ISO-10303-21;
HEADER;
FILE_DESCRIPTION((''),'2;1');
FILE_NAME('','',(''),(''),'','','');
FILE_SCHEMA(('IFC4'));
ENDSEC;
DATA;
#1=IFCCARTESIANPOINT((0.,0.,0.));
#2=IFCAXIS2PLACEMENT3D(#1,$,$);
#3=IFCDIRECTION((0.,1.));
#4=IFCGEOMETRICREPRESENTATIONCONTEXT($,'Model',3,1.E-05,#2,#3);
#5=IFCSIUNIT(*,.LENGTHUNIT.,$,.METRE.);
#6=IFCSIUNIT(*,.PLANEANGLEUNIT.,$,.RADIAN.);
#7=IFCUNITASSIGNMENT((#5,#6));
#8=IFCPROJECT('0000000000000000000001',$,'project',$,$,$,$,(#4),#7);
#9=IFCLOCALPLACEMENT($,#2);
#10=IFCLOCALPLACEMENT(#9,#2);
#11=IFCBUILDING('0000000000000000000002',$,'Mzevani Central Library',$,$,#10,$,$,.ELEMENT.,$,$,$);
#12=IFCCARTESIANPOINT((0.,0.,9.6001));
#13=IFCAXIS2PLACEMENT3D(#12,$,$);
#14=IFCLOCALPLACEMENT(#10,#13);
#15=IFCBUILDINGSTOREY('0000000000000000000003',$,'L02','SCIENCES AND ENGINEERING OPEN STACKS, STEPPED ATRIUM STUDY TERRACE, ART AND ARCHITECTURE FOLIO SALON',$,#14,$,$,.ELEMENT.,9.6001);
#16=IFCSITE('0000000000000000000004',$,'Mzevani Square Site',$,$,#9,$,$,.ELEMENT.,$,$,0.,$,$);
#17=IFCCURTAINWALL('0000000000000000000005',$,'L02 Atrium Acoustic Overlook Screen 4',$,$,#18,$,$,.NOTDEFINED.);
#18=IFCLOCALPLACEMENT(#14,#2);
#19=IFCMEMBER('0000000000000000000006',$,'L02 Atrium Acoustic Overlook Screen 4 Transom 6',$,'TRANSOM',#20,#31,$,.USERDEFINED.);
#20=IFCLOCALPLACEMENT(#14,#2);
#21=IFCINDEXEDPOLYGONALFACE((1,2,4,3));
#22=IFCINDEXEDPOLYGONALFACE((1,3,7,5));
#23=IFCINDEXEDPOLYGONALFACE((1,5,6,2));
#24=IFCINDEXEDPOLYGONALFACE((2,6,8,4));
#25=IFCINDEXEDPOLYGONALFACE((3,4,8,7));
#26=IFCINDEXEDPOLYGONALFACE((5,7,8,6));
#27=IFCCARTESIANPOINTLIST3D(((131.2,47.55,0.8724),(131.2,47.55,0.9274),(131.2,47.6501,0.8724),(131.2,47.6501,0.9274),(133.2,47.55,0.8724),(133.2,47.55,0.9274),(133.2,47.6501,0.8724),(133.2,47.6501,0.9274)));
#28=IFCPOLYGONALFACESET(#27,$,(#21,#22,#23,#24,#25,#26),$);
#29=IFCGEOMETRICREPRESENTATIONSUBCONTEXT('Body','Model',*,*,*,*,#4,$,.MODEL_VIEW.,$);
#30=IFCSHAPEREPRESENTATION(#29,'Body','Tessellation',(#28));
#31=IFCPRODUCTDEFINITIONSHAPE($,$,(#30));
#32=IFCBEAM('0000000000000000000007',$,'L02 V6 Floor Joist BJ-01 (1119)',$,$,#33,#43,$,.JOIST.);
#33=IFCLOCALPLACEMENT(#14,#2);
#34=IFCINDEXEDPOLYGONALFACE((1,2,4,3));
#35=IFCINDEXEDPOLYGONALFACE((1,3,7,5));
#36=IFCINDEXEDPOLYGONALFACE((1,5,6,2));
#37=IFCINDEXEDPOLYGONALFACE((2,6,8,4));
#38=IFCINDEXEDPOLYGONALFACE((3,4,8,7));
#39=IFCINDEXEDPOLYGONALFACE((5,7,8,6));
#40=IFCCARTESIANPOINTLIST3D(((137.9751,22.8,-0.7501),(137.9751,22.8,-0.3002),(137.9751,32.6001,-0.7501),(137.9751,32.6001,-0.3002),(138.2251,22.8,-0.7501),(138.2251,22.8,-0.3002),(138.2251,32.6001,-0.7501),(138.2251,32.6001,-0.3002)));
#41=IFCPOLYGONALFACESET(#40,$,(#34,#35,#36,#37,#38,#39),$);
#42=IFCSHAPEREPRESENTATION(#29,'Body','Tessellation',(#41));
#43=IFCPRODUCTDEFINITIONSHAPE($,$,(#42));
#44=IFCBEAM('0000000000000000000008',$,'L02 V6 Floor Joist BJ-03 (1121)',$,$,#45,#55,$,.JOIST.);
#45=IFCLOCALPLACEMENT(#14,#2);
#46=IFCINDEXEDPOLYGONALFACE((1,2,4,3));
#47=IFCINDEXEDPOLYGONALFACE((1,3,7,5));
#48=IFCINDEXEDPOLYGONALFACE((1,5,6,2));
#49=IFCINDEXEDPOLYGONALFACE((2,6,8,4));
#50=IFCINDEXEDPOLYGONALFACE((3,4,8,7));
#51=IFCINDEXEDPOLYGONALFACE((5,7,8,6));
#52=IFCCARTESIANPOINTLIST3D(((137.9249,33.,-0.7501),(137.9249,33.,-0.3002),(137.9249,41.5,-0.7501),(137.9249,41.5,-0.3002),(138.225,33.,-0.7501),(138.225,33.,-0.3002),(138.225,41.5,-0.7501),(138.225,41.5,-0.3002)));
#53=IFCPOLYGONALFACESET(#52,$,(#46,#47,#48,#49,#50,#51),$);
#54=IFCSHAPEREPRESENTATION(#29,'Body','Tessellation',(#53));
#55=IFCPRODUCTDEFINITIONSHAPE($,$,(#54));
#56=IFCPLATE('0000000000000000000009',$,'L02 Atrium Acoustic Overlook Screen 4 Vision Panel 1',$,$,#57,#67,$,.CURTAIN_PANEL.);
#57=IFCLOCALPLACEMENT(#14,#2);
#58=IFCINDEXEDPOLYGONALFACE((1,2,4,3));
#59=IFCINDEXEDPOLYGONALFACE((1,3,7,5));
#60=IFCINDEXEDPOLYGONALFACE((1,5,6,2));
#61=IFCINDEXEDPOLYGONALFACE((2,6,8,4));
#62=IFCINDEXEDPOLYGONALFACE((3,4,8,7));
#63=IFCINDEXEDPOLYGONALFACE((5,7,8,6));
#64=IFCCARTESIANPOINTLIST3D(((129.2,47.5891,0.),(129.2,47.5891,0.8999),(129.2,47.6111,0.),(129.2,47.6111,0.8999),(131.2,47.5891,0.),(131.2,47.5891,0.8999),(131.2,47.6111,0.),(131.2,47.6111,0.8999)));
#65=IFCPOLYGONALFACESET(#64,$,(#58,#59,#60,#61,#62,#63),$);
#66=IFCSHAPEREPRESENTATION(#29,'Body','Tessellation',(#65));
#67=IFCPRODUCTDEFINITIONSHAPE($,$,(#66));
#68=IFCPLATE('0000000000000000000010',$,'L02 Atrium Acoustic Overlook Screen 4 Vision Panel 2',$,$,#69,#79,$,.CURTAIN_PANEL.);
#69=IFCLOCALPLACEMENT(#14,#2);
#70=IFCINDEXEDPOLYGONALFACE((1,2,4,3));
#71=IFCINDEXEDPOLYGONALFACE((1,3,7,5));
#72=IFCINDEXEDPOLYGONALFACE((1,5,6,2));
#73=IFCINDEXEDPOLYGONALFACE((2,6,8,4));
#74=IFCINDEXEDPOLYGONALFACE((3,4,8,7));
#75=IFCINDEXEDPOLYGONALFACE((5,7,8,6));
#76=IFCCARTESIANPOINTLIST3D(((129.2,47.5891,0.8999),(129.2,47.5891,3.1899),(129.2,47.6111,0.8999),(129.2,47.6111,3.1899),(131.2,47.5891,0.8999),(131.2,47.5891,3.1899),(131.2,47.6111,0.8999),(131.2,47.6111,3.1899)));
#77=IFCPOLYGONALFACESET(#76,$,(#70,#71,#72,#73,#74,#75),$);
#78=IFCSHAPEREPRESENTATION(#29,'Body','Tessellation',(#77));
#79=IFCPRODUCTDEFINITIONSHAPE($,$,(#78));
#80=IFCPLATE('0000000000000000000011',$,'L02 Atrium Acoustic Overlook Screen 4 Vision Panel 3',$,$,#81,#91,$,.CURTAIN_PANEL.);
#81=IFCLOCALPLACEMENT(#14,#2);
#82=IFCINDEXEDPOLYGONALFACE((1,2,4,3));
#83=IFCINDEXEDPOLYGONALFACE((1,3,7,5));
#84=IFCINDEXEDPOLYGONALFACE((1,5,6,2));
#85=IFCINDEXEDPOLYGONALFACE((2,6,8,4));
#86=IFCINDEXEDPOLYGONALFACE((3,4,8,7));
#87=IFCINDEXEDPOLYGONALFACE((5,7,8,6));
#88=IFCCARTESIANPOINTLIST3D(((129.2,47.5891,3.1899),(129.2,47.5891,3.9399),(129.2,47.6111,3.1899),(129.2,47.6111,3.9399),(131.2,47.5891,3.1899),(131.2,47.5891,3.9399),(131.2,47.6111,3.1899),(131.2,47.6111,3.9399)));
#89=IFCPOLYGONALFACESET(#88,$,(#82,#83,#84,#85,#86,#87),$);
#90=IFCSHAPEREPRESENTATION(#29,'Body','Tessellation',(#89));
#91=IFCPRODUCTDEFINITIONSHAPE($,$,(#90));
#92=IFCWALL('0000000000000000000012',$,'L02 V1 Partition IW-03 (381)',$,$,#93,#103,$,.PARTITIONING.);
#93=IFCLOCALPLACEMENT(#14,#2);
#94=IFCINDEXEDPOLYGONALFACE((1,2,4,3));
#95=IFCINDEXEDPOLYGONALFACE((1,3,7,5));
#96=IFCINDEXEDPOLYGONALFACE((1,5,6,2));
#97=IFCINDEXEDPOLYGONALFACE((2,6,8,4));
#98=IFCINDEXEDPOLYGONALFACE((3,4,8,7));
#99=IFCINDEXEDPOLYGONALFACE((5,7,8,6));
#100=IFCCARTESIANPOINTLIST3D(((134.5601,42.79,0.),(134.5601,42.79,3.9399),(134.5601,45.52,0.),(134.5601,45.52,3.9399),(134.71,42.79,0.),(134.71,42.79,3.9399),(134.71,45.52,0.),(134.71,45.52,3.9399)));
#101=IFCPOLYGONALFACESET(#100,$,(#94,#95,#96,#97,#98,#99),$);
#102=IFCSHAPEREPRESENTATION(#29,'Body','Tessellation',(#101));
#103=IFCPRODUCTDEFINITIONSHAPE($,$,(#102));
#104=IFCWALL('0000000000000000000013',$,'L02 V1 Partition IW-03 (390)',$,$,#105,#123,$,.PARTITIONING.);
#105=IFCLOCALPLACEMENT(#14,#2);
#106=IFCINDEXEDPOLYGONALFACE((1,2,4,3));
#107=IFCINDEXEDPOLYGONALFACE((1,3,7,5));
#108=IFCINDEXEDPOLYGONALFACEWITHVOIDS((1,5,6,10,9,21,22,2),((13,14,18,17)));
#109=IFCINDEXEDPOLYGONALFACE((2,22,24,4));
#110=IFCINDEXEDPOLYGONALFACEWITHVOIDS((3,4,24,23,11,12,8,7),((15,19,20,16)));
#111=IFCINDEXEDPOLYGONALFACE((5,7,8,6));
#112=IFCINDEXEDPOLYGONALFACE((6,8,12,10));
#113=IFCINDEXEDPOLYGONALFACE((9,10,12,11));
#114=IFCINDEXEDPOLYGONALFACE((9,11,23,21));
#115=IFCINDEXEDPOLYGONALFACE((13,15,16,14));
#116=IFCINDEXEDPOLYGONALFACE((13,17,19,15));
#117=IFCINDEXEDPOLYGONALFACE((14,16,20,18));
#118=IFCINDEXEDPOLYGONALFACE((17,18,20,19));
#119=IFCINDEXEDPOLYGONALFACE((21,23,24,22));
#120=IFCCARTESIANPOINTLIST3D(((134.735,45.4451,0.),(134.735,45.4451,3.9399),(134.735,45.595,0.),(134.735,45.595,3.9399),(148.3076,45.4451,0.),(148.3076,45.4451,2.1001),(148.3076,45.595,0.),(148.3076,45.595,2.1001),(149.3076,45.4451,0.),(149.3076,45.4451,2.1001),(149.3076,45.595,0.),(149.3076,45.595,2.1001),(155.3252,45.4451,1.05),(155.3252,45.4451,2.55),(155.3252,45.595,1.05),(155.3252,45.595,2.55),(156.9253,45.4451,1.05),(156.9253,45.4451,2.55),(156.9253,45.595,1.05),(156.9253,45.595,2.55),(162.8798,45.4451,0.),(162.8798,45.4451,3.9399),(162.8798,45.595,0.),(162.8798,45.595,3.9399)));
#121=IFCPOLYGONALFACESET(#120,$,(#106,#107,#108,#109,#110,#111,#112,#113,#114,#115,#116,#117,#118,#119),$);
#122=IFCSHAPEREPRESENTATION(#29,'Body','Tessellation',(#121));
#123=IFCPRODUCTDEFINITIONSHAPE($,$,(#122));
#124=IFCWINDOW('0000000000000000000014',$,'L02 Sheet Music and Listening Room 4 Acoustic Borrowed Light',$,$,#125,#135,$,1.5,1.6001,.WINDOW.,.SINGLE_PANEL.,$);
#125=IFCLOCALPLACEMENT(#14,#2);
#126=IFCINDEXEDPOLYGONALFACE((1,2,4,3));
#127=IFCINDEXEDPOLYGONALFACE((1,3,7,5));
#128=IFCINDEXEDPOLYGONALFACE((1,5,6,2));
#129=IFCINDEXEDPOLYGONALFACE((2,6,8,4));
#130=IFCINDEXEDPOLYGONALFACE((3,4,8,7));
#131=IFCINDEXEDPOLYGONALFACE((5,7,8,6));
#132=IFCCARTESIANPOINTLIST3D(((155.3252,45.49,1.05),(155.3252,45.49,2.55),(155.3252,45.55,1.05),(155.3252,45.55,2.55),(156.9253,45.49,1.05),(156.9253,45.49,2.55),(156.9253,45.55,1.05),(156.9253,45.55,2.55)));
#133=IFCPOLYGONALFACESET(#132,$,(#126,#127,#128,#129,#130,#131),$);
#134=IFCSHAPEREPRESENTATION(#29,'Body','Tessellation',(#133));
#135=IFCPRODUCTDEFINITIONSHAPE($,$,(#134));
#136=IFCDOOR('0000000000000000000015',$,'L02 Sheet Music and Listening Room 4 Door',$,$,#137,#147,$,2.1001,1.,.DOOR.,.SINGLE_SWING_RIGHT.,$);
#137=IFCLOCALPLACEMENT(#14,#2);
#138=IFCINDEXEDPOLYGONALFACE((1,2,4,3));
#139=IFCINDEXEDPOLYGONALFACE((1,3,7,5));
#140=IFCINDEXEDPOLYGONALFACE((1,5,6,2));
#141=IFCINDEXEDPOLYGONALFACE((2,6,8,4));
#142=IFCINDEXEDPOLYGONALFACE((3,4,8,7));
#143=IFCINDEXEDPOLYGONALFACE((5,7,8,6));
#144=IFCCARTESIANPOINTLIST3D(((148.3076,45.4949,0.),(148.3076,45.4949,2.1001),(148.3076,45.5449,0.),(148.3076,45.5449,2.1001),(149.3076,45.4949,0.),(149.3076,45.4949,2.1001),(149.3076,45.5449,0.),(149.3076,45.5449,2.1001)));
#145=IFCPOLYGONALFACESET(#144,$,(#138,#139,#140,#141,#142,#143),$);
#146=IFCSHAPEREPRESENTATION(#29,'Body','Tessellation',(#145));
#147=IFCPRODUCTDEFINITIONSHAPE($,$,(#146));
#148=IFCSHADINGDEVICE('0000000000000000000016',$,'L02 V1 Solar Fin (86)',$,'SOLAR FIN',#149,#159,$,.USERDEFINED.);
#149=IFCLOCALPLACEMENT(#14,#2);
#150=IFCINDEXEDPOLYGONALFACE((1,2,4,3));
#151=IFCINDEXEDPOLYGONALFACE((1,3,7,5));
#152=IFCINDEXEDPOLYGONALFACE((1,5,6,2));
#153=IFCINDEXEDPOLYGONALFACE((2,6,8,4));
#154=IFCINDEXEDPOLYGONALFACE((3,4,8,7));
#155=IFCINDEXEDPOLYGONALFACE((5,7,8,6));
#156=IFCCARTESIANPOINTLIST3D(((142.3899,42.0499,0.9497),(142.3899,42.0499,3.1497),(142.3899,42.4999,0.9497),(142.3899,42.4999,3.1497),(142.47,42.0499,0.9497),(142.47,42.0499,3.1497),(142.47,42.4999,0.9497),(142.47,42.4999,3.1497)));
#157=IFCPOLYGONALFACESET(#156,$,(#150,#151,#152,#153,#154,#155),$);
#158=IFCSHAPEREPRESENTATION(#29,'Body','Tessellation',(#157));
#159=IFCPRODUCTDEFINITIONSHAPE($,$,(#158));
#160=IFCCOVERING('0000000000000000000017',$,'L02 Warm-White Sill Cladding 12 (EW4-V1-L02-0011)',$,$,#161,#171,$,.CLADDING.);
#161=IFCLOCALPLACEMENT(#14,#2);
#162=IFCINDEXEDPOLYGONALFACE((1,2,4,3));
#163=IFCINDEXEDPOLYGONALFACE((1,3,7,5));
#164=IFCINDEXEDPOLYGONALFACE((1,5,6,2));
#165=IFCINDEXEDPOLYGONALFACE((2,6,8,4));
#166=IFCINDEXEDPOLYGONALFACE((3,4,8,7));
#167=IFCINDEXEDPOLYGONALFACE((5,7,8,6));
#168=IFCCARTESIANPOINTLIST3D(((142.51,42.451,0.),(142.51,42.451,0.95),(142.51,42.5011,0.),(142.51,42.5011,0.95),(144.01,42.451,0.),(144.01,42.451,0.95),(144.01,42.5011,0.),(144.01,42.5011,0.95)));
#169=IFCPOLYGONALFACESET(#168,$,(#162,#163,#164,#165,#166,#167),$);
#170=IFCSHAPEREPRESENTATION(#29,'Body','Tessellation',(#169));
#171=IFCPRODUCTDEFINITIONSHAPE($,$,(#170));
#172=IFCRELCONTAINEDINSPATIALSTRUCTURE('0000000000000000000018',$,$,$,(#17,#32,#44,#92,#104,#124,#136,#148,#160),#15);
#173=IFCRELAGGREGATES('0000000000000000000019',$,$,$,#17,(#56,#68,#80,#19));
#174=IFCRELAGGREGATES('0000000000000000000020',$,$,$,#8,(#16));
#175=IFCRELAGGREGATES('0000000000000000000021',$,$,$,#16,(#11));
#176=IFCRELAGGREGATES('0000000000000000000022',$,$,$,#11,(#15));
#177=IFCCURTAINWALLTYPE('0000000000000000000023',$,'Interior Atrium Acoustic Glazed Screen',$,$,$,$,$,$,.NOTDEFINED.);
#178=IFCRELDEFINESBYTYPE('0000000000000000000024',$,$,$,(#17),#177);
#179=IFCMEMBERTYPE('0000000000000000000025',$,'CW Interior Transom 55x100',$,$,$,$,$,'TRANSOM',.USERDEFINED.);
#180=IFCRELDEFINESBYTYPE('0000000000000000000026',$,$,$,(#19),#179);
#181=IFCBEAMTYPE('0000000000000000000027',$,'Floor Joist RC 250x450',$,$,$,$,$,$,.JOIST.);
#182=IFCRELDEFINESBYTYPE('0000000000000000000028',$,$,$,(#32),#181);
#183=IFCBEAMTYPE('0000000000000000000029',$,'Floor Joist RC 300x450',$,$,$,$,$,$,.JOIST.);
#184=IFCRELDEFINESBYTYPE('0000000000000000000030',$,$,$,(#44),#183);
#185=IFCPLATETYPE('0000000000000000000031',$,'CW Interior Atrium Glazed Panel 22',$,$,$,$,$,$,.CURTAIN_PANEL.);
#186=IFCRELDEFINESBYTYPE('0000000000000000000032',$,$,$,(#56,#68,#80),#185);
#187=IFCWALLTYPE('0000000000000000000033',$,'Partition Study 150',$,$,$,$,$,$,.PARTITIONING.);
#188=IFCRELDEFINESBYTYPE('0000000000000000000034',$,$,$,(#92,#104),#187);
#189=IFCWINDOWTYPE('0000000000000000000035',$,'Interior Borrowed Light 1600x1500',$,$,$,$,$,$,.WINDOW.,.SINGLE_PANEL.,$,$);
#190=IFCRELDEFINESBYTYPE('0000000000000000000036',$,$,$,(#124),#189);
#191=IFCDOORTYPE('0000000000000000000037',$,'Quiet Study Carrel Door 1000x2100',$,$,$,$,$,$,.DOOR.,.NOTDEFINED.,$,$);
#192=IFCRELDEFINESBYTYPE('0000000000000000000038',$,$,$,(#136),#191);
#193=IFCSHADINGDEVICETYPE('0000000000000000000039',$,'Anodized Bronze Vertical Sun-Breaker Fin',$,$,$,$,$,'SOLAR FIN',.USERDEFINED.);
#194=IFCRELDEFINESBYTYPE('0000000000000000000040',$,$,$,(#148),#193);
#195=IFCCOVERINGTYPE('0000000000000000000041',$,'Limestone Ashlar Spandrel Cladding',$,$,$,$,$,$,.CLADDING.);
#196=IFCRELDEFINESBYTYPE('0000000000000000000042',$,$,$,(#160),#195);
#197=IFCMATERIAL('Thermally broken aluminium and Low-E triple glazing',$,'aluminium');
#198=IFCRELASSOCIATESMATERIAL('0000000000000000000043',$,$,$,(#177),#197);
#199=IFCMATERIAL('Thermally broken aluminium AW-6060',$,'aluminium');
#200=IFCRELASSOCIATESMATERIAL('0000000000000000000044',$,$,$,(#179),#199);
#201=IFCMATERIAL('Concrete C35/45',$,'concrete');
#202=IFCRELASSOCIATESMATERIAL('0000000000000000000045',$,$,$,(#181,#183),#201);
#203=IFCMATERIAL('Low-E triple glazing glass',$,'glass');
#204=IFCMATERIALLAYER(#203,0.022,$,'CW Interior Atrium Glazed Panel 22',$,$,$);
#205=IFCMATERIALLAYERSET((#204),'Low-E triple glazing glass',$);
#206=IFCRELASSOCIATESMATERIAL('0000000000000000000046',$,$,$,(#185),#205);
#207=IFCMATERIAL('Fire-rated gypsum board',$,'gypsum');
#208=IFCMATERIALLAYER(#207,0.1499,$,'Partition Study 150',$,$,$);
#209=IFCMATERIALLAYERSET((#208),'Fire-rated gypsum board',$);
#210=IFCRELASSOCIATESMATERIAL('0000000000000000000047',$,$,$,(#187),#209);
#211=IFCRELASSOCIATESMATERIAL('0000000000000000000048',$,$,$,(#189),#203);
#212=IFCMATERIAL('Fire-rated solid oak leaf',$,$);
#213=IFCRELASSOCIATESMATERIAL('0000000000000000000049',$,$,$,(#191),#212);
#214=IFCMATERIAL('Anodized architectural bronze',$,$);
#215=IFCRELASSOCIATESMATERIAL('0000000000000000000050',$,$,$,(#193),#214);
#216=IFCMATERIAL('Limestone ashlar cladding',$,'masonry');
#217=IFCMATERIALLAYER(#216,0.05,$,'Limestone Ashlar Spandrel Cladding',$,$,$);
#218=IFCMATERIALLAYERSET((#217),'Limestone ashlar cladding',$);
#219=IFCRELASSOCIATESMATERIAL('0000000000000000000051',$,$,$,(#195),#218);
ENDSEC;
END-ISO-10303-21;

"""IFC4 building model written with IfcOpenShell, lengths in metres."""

from ifc_helpers import new_model, si_unit, direction, frame, frame_2d, origin, origin_2d, place, context, subcontext, project, spatial, rectangle, extrude, material, layer, layer_set, material_profile, profile_set, type_object, element, fill, aggregate, save


model = new_model("IFC4")

# Units and contexts
model_context = context("Model", 3, precision=1e-05, world=origin(), true_north=direction((0.0, 1.0)))
body_context = subcontext(model_context, "Body", "Model", "MODEL_VIEW")
ifc_project = project(units=[si_unit("LENGTHUNIT", "METRE"), si_unit("PLANEANGLEUNIT", "RADIAN")], contexts=[model_context])

# Site, building, storey
site_placement = place(None, origin())
site = spatial("IfcSite", under=ifc_project, at=site_placement, Name="Mzevani Square Site", CompositionType="ELEMENT", RefElevation=0.0)
building_placement = place(site_placement, origin())
building = spatial("IfcBuilding", under=site, at=building_placement, Name="Mzevani Central Library", CompositionType="ELEMENT")
storey_placement = place(building_placement, frame((0.0, 0.0, 9.6001)))
storey = spatial("IfcBuildingStorey", under=building, at=storey_placement, Name="L02", Description="SCIENCES AND ENGINEERING OPEN STACKS, STEPPED ATRIUM STUDY TERRACE, ART AND ARCHITECTURE FOLIO SALON", CompositionType="ELEMENT", Elevation=9.6001)

# Shared definitions
ifc_material_1 = material(Name="Concrete C35/45", Category="concrete")

# Curtain wall, member
ifc_material_2 = material(Name="Thermally broken aluminium and Low-E triple glazing", Category="aluminium")
curtain_wall_type = type_object("IfcCurtainWallType", Name="Interior Atrium Acoustic Glazed Screen", PredefinedType="NOTDEFINED", material=ifc_material_2)
curtain_wall_placement = place(storey_placement, origin())
curtain_wall = element("IfcCurtainWall", 1, at=curtain_wall_placement, inside=storey, type_object=curtain_wall_type, Name="L02 Atrium Acoustic Overlook Screen 4", PredefinedType="NOTDEFINED")
ifc_material_3 = material(Name="Thermally broken aluminium AW-6060", Category="aluminium")
ifc_material_profile_1 = material_profile(ifc_material_3, rectangle(XDim=0.1001, YDim=0.0549, at=origin_2d()), Name="ALU T55x100")
ifc_profile_set_1 = profile_set([ifc_material_profile_1], Name="Thermally broken aluminium AW-6060")
member_type_1 = type_object("IfcMemberType", Name="CW Interior Transom 55x100", ElementType="TRANSOM", PredefinedType="USERDEFINED", material=ifc_profile_set_1)
member_1_placement = place(storey_placement, frame((131.2, 47.6001, 0.8999), z_axis=(1.0, 0.0, 0.0), x_axis=(0.0, 1.0, 0.0)))
member_1 = element("IfcMember", 2, at=member_1_placement, type_object=member_type_1, Name="L02 Atrium Acoustic Overlook Screen 4 Transom 6", ObjectType="TRANSOM", PredefinedType="USERDEFINED", context=body_context, shape_type="SweptSolid", body=[
    extrude(rectangle(XDim=0.1001, YDim=0.0549, at=origin_2d()), origin(), (0.0, 0.0, 1.0), 2.0),
])

# Beams
ifc_material_profile_2 = material_profile(ifc_material_1, rectangle(XDim=0.25, YDim=0.45, at=origin_2d()), Name="RC J250x450")
ifc_profile_set_2 = profile_set([ifc_material_profile_2], Name="Concrete C35/45")
beam_type_1 = type_object("IfcBeamType", Name="Floor Joist RC 250x450", PredefinedType="JOIST", material=ifc_profile_set_2)
beam_1_placement = place(storey_placement, frame((138.1001, 22.8, -0.5251), z_axis=(0.0, 1.0, 0.0), x_axis=(-1.0, 0.0, 0.0)))
element("IfcBeam", 3, at=beam_1_placement, inside=storey, type_object=beam_type_1, Name="L02 V6 Floor Joist BJ-01 (1119)", PredefinedType="JOIST", context=body_context, shape_type="SweptSolid", body=[
    extrude(rectangle(XDim=0.25, YDim=0.45, at=origin_2d()), origin(), (0.0, 0.0, 1.0), 9.8),
])
ifc_material_profile_3 = material_profile(ifc_material_1, rectangle(XDim=0.3, YDim=0.45, at=origin_2d()), Name="RC J300x450")
ifc_profile_set_3 = profile_set([ifc_material_profile_3], Name="Concrete C35/45")
beam_type_2 = type_object("IfcBeamType", Name="Floor Joist RC 300x450", PredefinedType="JOIST", material=ifc_profile_set_3)
beam_2_placement = place(storey_placement, frame((138.075, 33.0, -0.5251), z_axis=(0.0, 1.0, 0.0), x_axis=(-1.0, 0.0, 0.0)))
element("IfcBeam", 4, at=beam_2_placement, inside=storey, type_object=beam_type_2, Name="L02 V6 Floor Joist BJ-03 (1121)", PredefinedType="JOIST", context=body_context, shape_type="SweptSolid", body=[
    extrude(rectangle(XDim=0.3, YDim=0.45, at=origin_2d()), origin(), (0.0, 0.0, 1.0), 8.5),
])

# Plates
ifc_material_4 = material(Name="Low-E triple glazing glass", Category="glass")
ifc_layer_1 = layer(ifc_material_4, 0.022, Name="CW Interior Atrium Glazed Panel 22")
ifc_layer_set_1 = layer_set([ifc_layer_1], Name="Low-E triple glazing glass")
plate_type = type_object("IfcPlateType", Name="CW Interior Atrium Glazed Panel 22", PredefinedType="CURTAIN_PANEL", material=ifc_layer_set_1)
plate_1_placement = place(storey_placement, frame((130.2, 47.6001, 0.0), z_axis=(0.0, 0.0, 1.0), x_axis=(1.0, 0.0, 0.0)))
plate_1 = element("IfcPlate", 5, at=plate_1_placement, type_object=plate_type, Name="L02 Atrium Acoustic Overlook Screen 4 Vision Panel 1", PredefinedType="CURTAIN_PANEL", context=body_context, shape_type="SweptSolid", body=[
    extrude(rectangle(XDim=2.0, YDim=0.022, at=origin_2d()), origin(), (0.0, 0.0, 1.0), 0.8999),
])
plate_2_placement = place(storey_placement, frame((130.2, 47.6001, 0.8999), z_axis=(0.0, 0.0, 1.0), x_axis=(1.0, 0.0, 0.0)))
plate_2 = element("IfcPlate", 6, at=plate_2_placement, type_object=plate_type, Name="L02 Atrium Acoustic Overlook Screen 4 Vision Panel 2", PredefinedType="CURTAIN_PANEL", context=body_context, shape_type="SweptSolid", body=[
    extrude(rectangle(XDim=2.0, YDim=0.022, at=origin_2d()), origin(), (0.0, 0.0, 1.0), 2.29),
])
plate_3_placement = place(storey_placement, frame((130.2, 47.6001, 3.1899), z_axis=(0.0, 0.0, 1.0), x_axis=(1.0, 0.0, 0.0)))
plate_3 = element("IfcPlate", 7, at=plate_3_placement, type_object=plate_type, Name="L02 Atrium Acoustic Overlook Screen 4 Vision Panel 3", PredefinedType="CURTAIN_PANEL", context=body_context, shape_type="SweptSolid", body=[
    extrude(rectangle(XDim=2.0, YDim=0.022, at=origin_2d()), origin(), (0.0, 0.0, 1.0), 0.75),
])
aggregate(curtain_wall, [plate_1, plate_2, plate_3, member_1])

# Wall
ifc_material_5 = material(Name="Fire-rated gypsum board", Category="gypsum")
ifc_layer_2 = layer(ifc_material_5, 0.1499, Name="Partition Study 150")
ifc_layer_set_2 = layer_set([ifc_layer_2], Name="Fire-rated gypsum board")
wall_type = type_object("IfcWallType", Name="Partition Study 150", PredefinedType="PARTITIONING", material=ifc_layer_set_2)
wall_1_placement = place(storey_placement, frame((134.635, 45.52, 0.0), z_axis=(0.0, 0.0, 1.0), x_axis=(0.0, -1.0, 0.0)))
element("IfcWall", 8, at=wall_1_placement, inside=storey, type_object=wall_type, Name="L02 V1 Partition IW-03 (381)", PredefinedType="PARTITIONING", context=body_context, shape_type="SweptSolid", body=[
    extrude(rectangle(XDim=2.73, YDim=0.1499, at=frame_2d((1.365, 0.0))), origin(), (0.0, 0.0, 1.0), 3.9399),
])

# Wall, openings, window, door
wall_2_placement = place(storey_placement, frame((134.7351, 45.52, 0.0), z_axis=(0.0, 0.0, 1.0), x_axis=(1.0, 0.0, 0.0)))
wall_2 = element("IfcWall", 9, at=wall_2_placement, inside=storey, type_object=wall_type, Name="L02 V1 Partition IW-03 (390)", PredefinedType="PARTITIONING", context=body_context, shape_type="SweptSolid", body=[
    extrude(rectangle(XDim=28.1448, YDim=0.1499, at=frame_2d((14.0723, 0.0))), origin(), (0.0, 0.0, 1.0), 3.9399),
])
opening_1_placement = place(wall_2_placement, frame((13.5725, 0.0, 0.0)))
opening_1 = element("IfcOpeningElement", 10, at=opening_1_placement, cuts=wall_2, PredefinedType="OPENING", context=body_context, shape_type="SweptSolid", body=[
    extrude(rectangle(XDim=1.0, YDim=2.1001, at=frame_2d((0.5, 1.05))), frame((0.0, 0.085, 0.0), z_axis=(0.0, -1.0, 0.0), x_axis=(1.0, 0.0, 0.0)), (0.0, 0.0, 1.0), 0.1699),
])
opening_2_placement = place(wall_2_placement, frame((20.5901, 0.0, 1.05)))
opening_2 = element("IfcOpeningElement", 11, at=opening_2_placement, cuts=wall_2, PredefinedType="OPENING", context=body_context, shape_type="SweptSolid", body=[
    extrude(rectangle(XDim=1.6001, YDim=1.5, at=frame_2d((0.8, 0.75))), frame((0.0, 0.085, 0.0), z_axis=(0.0, -1.0, 0.0), x_axis=(1.0, 0.0, 0.0)), (0.0, 0.0, 1.0), 0.1699),
])
window_type = type_object("IfcWindowType", Name="Interior Borrowed Light 1600x1500", PartitioningType="SINGLE_PANEL", PredefinedType="WINDOW", material=ifc_material_4)
window_placement = place(opening_2_placement, origin())
window = element("IfcWindow", 12, at=window_placement, inside=storey, type_object=window_type, Name="L02 Sheet Music and Listening Room 4 Acoustic Borrowed Light", OverallHeight=1.5, OverallWidth=1.6001, PartitioningType="SINGLE_PANEL", PredefinedType="WINDOW", context=body_context, shape_type="SweptSolid", body=[
    extrude(rectangle(XDim=1.6001, YDim=1.5, at=frame_2d((0.8, 0.75))), frame((0.0, 0.03, 0.0), z_axis=(0.0, -1.0, 0.0), x_axis=(1.0, 0.0, 0.0)), (0.0, 0.0, 1.0), 0.0601),
])
fill(opening_2, window)
ifc_material_6 = material(Name="Fire-rated solid oak leaf")
door_type = type_object("IfcDoorType", Name="Quiet Study Carrel Door 1000x2100", OperationType="NOTDEFINED", PredefinedType="DOOR", material=ifc_material_6)
door_placement = place(opening_1_placement, origin())
door = element("IfcDoor", 13, at=door_placement, inside=storey, type_object=door_type, Name="L02 Sheet Music and Listening Room 4 Door", OperationType="SINGLE_SWING_RIGHT", OverallHeight=2.1001, OverallWidth=1.0, PredefinedType="DOOR", context=body_context, shape_type="SweptSolid", body=[
    extrude(rectangle(XDim=1.0, YDim=2.1001, at=frame_2d((0.5, 1.05))), frame((0.0, 0.0249, 0.0), z_axis=(0.0, -1.0, 0.0), x_axis=(1.0, 0.0, 0.0)), (0.0, 0.0, 1.0), 0.05),
])
fill(opening_1, door)

# Shading device
ifc_material_7 = material(Name="Anodized architectural bronze")
shading_device_type = type_object("IfcShadingDeviceType", Name="Anodized Bronze Vertical Sun-Breaker Fin", ElementType="SOLAR FIN", PredefinedType="USERDEFINED", material=ifc_material_7)
shading_device_placement = place(storey_placement, frame((142.4299, 42.2749, 0.9497), z_axis=(0.0, 0.0, 1.0), x_axis=(-1.0, 0.0, 0.0)))
element("IfcShadingDevice", 14, at=shading_device_placement, inside=storey, type_object=shading_device_type, Name="L02 V1 Solar Fin (86)", ObjectType="SOLAR FIN", PredefinedType="USERDEFINED", context=body_context, shape_type="SweptSolid", body=[
    extrude(rectangle(XDim=0.0801, YDim=0.45, at=origin_2d()), origin(), (0.0, 0.0, 1.0), 2.2),
])

# Covering
ifc_material_8 = material(Name="Limestone ashlar cladding", Category="masonry")
ifc_layer_3 = layer(ifc_material_8, 0.05, Name="Limestone Ashlar Spandrel Cladding")
ifc_layer_set_3 = layer_set([ifc_layer_3], Name="Limestone ashlar cladding")
covering_type = type_object("IfcCoveringType", Name="Limestone Ashlar Spandrel Cladding", PredefinedType="CLADDING", material=ifc_layer_set_3)
covering_1_placement = place(storey_placement, frame((143.26, 42.4761, 0.0), z_axis=(0.0, 0.0, 1.0), x_axis=(-1.0, 0.0, 0.0)))
element("IfcCovering", 15, at=covering_1_placement, inside=storey, type_object=covering_type, Name="L02 Warm-White Sill Cladding 12 (EW4-V1-L02-0011)", PredefinedType="CLADDING", context=body_context, shape_type="SweptSolid", body=[
    extrude(rectangle(XDim=1.5, YDim=0.05, at=origin_2d()), origin(), (0.0, 0.0, 1.0), 0.95),
])

save(model, "model.ifc")
